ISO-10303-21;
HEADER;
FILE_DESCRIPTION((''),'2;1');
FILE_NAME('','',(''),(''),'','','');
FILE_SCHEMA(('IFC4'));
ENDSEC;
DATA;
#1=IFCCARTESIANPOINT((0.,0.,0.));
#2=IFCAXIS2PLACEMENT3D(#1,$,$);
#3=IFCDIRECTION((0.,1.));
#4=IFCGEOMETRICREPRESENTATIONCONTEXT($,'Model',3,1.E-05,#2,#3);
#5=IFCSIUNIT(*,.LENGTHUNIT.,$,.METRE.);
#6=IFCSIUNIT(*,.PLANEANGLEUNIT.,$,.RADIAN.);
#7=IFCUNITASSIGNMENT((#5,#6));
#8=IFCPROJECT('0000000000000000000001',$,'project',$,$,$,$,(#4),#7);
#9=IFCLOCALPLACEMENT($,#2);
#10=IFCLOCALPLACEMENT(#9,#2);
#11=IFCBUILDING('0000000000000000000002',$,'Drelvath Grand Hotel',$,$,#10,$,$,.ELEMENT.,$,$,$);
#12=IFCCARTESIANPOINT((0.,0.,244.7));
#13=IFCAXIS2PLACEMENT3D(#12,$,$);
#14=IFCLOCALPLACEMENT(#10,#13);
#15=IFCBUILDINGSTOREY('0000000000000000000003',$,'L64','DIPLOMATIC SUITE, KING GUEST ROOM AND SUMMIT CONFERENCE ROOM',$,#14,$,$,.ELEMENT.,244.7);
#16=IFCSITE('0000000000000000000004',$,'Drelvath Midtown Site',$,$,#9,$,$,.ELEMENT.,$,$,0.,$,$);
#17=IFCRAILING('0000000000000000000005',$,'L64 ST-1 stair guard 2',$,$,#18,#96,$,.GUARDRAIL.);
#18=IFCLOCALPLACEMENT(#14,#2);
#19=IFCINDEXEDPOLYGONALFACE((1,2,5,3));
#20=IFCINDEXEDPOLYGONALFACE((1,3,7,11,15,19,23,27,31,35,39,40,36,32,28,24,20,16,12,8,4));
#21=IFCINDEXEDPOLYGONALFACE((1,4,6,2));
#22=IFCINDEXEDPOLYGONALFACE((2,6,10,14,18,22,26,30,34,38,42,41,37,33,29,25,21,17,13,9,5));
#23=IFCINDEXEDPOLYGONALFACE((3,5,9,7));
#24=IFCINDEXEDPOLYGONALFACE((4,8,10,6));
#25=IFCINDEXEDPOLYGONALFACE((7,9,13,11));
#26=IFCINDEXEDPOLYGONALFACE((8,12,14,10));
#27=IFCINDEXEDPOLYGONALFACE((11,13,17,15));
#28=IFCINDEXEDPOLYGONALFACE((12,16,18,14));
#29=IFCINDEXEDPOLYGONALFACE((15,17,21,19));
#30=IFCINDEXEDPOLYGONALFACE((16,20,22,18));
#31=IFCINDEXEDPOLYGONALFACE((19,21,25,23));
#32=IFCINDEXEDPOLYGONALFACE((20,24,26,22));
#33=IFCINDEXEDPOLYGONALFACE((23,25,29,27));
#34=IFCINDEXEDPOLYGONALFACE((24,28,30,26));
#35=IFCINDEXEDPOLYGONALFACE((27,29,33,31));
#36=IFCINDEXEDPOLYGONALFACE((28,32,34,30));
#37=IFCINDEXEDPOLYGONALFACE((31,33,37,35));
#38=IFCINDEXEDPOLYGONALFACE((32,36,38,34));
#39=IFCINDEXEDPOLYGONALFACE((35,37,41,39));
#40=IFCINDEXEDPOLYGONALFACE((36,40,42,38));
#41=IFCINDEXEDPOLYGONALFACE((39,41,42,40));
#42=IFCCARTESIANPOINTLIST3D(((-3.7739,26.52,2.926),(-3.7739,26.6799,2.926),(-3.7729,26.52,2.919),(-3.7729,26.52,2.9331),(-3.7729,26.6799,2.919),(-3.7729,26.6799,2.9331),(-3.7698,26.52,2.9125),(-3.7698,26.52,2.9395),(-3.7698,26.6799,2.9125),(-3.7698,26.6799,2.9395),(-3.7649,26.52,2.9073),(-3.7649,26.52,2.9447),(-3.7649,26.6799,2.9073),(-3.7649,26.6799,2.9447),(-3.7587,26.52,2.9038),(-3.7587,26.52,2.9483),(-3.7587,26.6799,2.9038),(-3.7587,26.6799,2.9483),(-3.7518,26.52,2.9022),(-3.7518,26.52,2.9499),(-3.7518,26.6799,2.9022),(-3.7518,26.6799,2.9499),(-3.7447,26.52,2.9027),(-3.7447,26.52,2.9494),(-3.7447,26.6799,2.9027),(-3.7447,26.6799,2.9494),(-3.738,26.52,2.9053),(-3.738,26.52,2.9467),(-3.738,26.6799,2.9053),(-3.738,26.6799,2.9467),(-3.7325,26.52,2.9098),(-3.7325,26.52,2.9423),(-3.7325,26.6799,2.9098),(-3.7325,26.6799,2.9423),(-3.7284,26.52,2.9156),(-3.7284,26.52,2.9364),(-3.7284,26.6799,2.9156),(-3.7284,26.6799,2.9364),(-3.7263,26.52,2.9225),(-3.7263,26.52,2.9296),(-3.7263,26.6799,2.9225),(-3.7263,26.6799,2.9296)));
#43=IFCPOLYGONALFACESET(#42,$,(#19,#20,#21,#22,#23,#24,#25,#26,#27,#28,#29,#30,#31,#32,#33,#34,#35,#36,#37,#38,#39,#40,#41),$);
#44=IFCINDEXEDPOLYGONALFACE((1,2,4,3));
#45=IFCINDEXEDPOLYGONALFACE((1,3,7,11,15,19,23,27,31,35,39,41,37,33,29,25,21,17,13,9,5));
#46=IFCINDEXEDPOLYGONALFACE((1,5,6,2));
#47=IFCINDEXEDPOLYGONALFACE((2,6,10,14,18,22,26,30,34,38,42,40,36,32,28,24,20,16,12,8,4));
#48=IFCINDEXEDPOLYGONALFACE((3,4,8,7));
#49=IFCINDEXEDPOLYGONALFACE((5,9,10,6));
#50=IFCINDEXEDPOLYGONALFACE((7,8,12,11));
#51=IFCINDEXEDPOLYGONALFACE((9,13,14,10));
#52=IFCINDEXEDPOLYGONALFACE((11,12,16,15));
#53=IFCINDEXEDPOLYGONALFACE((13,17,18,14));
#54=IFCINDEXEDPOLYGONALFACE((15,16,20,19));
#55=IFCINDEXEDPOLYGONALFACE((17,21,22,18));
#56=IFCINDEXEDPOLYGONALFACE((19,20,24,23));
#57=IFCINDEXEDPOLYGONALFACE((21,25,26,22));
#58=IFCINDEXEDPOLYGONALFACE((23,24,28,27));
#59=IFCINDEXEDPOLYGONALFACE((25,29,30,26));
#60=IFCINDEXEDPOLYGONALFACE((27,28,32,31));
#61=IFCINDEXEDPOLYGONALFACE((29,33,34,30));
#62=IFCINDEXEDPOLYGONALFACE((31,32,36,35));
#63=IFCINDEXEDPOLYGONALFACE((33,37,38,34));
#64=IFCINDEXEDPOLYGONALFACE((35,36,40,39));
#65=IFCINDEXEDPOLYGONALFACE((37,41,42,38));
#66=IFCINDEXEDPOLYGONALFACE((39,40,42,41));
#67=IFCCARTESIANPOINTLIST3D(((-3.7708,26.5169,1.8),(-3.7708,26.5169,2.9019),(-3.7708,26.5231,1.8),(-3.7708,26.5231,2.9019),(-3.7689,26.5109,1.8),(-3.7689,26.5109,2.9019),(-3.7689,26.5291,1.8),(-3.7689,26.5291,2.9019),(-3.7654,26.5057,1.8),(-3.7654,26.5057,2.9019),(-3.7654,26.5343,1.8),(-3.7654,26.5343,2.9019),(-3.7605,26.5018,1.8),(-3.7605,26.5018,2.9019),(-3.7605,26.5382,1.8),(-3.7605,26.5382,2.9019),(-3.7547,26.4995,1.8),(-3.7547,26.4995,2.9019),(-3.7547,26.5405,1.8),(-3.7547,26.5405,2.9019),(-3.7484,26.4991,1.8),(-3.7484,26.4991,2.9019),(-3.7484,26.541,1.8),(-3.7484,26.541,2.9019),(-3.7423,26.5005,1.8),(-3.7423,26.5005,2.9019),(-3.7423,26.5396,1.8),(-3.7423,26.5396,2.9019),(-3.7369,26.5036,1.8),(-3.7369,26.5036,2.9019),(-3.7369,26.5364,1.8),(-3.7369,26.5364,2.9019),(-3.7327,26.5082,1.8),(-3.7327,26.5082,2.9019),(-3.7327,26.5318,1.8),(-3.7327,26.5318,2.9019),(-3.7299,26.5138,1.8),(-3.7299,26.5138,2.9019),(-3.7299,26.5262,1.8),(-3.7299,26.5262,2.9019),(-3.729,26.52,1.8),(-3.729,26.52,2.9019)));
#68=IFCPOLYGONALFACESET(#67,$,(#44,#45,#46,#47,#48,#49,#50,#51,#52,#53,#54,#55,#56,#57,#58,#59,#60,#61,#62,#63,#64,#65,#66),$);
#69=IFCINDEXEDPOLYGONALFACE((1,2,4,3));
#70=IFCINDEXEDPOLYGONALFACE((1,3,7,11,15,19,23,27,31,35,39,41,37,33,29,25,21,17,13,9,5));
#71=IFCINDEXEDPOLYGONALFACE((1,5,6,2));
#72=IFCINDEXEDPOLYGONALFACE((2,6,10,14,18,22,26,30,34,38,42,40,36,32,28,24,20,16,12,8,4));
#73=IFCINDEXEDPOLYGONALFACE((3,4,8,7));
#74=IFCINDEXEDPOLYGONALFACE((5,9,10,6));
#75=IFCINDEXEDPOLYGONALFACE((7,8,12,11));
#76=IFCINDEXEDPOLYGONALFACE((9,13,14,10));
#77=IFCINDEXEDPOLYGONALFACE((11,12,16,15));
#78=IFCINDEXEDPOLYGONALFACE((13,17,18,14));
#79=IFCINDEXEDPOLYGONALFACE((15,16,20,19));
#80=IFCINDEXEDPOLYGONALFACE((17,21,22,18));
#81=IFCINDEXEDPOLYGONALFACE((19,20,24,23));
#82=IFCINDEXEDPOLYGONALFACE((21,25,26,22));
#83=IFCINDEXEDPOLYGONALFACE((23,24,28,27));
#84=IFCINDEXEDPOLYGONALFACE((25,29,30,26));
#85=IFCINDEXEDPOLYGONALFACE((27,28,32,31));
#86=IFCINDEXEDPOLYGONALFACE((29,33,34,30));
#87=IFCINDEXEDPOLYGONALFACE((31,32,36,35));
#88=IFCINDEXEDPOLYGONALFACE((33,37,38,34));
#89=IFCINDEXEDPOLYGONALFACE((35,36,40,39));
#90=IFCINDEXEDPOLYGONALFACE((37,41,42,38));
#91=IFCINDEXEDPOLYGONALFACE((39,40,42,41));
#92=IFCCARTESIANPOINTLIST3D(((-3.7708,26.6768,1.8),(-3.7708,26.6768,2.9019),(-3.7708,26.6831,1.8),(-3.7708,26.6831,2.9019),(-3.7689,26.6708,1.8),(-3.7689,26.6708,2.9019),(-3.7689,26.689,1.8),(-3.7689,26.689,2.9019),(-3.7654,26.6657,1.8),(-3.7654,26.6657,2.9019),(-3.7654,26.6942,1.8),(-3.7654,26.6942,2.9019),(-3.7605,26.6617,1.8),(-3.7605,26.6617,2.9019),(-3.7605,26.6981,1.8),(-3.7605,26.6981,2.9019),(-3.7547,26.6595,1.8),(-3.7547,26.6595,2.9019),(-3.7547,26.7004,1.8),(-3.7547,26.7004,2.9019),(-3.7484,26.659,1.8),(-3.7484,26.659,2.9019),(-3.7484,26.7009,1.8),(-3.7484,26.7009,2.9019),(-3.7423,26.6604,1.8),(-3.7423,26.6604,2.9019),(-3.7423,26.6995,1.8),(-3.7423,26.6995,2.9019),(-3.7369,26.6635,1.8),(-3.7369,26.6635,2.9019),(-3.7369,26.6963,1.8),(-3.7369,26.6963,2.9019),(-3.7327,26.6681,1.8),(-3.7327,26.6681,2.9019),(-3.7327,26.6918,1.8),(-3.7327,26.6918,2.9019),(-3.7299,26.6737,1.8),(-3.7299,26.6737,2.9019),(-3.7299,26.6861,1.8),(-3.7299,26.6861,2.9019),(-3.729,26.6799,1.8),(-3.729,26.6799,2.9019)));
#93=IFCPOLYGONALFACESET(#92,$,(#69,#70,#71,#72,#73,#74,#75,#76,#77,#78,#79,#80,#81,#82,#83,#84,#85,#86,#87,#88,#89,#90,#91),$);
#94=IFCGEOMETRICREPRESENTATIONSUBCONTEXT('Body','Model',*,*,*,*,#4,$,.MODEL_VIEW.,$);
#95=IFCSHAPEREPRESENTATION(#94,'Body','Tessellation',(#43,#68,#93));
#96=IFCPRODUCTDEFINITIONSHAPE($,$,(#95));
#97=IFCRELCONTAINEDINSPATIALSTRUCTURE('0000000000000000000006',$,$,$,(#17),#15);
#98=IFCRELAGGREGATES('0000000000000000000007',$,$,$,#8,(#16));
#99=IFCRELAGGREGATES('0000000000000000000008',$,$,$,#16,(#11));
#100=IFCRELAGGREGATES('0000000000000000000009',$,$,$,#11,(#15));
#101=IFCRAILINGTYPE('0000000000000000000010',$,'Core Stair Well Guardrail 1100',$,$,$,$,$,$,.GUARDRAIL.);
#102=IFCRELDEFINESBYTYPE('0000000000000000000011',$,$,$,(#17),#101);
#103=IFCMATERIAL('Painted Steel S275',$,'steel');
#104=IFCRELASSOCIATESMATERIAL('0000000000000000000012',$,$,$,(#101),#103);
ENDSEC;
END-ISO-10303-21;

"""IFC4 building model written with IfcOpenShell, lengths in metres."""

from ifc_helpers import new_model, si_unit, direction, frame, origin, origin_2d, place, context, subcontext, project, spatial, circle, extrude, material, type_object, element, save


model = new_model("IFC4")

# Units and contexts
model_context = context("Model", 3, precision=1e-05, world=origin(), true_north=direction((0.0, 1.0)))
body_context = subcontext(model_context, "Body", "Model", "MODEL_VIEW")
ifc_project = project(units=[si_unit("LENGTHUNIT", "METRE"), si_unit("PLANEANGLEUNIT", "RADIAN")], contexts=[model_context])

# Site, building, storey
site_placement = place(None, origin())
site = spatial("IfcSite", under=ifc_project, at=site_placement, Name="Drelvath Midtown Site", CompositionType="ELEMENT", RefElevation=0.0)
building_placement = place(site_placement, origin())
building = spatial("IfcBuilding", under=site, at=building_placement, Name="Drelvath Grand Hotel", CompositionType="ELEMENT")
storey_placement = place(building_placement, frame((0.0, 0.0, 244.7)))
storey = spatial("IfcBuildingStorey", under=building, at=storey_placement, Name="L64", Description="DIPLOMATIC SUITE, KING GUEST ROOM AND SUMMIT CONFERENCE ROOM", CompositionType="ELEMENT", Elevation=244.7)

# Shared definitions
ifc_material_1 = material(Name="Painted Steel S275", Category="steel")

# Railing
railing_type_1 = type_object("IfcRailingType", Name="Core Stair Well Guardrail 1100", PredefinedType="GUARDRAIL", material=ifc_material_1)
railing_1_placement = place(storey_placement, frame((-3.75, 26.52, 1.8)))
element("IfcRailing", 1, at=railing_1_placement, inside=storey, type_object=railing_type_1, Name="L64 ST-1 stair guard 2", PredefinedType="GUARDRAIL", context=body_context, shape_type="SweptSolid", body=[
    extrude(circle(Radius=0.0239, at=origin_2d()), frame((0.0, 0.0, 1.126), z_axis=(0.0, 1.0, 0.0), x_axis=(-1.0, 0.0, 0.0)), (0.0, 0.0, 1.0), 0.1599),
    extrude(circle(Radius=0.021, at=origin_2d()), origin(), (0.0, 0.0, 1.0), 1.1018),
    extrude(circle(Radius=0.021, at=origin_2d()), frame((0.0, 0.1599, 0.0)), (0.0, 0.0, 1.0), 1.1018),
])

save(model, "model.ifc")
